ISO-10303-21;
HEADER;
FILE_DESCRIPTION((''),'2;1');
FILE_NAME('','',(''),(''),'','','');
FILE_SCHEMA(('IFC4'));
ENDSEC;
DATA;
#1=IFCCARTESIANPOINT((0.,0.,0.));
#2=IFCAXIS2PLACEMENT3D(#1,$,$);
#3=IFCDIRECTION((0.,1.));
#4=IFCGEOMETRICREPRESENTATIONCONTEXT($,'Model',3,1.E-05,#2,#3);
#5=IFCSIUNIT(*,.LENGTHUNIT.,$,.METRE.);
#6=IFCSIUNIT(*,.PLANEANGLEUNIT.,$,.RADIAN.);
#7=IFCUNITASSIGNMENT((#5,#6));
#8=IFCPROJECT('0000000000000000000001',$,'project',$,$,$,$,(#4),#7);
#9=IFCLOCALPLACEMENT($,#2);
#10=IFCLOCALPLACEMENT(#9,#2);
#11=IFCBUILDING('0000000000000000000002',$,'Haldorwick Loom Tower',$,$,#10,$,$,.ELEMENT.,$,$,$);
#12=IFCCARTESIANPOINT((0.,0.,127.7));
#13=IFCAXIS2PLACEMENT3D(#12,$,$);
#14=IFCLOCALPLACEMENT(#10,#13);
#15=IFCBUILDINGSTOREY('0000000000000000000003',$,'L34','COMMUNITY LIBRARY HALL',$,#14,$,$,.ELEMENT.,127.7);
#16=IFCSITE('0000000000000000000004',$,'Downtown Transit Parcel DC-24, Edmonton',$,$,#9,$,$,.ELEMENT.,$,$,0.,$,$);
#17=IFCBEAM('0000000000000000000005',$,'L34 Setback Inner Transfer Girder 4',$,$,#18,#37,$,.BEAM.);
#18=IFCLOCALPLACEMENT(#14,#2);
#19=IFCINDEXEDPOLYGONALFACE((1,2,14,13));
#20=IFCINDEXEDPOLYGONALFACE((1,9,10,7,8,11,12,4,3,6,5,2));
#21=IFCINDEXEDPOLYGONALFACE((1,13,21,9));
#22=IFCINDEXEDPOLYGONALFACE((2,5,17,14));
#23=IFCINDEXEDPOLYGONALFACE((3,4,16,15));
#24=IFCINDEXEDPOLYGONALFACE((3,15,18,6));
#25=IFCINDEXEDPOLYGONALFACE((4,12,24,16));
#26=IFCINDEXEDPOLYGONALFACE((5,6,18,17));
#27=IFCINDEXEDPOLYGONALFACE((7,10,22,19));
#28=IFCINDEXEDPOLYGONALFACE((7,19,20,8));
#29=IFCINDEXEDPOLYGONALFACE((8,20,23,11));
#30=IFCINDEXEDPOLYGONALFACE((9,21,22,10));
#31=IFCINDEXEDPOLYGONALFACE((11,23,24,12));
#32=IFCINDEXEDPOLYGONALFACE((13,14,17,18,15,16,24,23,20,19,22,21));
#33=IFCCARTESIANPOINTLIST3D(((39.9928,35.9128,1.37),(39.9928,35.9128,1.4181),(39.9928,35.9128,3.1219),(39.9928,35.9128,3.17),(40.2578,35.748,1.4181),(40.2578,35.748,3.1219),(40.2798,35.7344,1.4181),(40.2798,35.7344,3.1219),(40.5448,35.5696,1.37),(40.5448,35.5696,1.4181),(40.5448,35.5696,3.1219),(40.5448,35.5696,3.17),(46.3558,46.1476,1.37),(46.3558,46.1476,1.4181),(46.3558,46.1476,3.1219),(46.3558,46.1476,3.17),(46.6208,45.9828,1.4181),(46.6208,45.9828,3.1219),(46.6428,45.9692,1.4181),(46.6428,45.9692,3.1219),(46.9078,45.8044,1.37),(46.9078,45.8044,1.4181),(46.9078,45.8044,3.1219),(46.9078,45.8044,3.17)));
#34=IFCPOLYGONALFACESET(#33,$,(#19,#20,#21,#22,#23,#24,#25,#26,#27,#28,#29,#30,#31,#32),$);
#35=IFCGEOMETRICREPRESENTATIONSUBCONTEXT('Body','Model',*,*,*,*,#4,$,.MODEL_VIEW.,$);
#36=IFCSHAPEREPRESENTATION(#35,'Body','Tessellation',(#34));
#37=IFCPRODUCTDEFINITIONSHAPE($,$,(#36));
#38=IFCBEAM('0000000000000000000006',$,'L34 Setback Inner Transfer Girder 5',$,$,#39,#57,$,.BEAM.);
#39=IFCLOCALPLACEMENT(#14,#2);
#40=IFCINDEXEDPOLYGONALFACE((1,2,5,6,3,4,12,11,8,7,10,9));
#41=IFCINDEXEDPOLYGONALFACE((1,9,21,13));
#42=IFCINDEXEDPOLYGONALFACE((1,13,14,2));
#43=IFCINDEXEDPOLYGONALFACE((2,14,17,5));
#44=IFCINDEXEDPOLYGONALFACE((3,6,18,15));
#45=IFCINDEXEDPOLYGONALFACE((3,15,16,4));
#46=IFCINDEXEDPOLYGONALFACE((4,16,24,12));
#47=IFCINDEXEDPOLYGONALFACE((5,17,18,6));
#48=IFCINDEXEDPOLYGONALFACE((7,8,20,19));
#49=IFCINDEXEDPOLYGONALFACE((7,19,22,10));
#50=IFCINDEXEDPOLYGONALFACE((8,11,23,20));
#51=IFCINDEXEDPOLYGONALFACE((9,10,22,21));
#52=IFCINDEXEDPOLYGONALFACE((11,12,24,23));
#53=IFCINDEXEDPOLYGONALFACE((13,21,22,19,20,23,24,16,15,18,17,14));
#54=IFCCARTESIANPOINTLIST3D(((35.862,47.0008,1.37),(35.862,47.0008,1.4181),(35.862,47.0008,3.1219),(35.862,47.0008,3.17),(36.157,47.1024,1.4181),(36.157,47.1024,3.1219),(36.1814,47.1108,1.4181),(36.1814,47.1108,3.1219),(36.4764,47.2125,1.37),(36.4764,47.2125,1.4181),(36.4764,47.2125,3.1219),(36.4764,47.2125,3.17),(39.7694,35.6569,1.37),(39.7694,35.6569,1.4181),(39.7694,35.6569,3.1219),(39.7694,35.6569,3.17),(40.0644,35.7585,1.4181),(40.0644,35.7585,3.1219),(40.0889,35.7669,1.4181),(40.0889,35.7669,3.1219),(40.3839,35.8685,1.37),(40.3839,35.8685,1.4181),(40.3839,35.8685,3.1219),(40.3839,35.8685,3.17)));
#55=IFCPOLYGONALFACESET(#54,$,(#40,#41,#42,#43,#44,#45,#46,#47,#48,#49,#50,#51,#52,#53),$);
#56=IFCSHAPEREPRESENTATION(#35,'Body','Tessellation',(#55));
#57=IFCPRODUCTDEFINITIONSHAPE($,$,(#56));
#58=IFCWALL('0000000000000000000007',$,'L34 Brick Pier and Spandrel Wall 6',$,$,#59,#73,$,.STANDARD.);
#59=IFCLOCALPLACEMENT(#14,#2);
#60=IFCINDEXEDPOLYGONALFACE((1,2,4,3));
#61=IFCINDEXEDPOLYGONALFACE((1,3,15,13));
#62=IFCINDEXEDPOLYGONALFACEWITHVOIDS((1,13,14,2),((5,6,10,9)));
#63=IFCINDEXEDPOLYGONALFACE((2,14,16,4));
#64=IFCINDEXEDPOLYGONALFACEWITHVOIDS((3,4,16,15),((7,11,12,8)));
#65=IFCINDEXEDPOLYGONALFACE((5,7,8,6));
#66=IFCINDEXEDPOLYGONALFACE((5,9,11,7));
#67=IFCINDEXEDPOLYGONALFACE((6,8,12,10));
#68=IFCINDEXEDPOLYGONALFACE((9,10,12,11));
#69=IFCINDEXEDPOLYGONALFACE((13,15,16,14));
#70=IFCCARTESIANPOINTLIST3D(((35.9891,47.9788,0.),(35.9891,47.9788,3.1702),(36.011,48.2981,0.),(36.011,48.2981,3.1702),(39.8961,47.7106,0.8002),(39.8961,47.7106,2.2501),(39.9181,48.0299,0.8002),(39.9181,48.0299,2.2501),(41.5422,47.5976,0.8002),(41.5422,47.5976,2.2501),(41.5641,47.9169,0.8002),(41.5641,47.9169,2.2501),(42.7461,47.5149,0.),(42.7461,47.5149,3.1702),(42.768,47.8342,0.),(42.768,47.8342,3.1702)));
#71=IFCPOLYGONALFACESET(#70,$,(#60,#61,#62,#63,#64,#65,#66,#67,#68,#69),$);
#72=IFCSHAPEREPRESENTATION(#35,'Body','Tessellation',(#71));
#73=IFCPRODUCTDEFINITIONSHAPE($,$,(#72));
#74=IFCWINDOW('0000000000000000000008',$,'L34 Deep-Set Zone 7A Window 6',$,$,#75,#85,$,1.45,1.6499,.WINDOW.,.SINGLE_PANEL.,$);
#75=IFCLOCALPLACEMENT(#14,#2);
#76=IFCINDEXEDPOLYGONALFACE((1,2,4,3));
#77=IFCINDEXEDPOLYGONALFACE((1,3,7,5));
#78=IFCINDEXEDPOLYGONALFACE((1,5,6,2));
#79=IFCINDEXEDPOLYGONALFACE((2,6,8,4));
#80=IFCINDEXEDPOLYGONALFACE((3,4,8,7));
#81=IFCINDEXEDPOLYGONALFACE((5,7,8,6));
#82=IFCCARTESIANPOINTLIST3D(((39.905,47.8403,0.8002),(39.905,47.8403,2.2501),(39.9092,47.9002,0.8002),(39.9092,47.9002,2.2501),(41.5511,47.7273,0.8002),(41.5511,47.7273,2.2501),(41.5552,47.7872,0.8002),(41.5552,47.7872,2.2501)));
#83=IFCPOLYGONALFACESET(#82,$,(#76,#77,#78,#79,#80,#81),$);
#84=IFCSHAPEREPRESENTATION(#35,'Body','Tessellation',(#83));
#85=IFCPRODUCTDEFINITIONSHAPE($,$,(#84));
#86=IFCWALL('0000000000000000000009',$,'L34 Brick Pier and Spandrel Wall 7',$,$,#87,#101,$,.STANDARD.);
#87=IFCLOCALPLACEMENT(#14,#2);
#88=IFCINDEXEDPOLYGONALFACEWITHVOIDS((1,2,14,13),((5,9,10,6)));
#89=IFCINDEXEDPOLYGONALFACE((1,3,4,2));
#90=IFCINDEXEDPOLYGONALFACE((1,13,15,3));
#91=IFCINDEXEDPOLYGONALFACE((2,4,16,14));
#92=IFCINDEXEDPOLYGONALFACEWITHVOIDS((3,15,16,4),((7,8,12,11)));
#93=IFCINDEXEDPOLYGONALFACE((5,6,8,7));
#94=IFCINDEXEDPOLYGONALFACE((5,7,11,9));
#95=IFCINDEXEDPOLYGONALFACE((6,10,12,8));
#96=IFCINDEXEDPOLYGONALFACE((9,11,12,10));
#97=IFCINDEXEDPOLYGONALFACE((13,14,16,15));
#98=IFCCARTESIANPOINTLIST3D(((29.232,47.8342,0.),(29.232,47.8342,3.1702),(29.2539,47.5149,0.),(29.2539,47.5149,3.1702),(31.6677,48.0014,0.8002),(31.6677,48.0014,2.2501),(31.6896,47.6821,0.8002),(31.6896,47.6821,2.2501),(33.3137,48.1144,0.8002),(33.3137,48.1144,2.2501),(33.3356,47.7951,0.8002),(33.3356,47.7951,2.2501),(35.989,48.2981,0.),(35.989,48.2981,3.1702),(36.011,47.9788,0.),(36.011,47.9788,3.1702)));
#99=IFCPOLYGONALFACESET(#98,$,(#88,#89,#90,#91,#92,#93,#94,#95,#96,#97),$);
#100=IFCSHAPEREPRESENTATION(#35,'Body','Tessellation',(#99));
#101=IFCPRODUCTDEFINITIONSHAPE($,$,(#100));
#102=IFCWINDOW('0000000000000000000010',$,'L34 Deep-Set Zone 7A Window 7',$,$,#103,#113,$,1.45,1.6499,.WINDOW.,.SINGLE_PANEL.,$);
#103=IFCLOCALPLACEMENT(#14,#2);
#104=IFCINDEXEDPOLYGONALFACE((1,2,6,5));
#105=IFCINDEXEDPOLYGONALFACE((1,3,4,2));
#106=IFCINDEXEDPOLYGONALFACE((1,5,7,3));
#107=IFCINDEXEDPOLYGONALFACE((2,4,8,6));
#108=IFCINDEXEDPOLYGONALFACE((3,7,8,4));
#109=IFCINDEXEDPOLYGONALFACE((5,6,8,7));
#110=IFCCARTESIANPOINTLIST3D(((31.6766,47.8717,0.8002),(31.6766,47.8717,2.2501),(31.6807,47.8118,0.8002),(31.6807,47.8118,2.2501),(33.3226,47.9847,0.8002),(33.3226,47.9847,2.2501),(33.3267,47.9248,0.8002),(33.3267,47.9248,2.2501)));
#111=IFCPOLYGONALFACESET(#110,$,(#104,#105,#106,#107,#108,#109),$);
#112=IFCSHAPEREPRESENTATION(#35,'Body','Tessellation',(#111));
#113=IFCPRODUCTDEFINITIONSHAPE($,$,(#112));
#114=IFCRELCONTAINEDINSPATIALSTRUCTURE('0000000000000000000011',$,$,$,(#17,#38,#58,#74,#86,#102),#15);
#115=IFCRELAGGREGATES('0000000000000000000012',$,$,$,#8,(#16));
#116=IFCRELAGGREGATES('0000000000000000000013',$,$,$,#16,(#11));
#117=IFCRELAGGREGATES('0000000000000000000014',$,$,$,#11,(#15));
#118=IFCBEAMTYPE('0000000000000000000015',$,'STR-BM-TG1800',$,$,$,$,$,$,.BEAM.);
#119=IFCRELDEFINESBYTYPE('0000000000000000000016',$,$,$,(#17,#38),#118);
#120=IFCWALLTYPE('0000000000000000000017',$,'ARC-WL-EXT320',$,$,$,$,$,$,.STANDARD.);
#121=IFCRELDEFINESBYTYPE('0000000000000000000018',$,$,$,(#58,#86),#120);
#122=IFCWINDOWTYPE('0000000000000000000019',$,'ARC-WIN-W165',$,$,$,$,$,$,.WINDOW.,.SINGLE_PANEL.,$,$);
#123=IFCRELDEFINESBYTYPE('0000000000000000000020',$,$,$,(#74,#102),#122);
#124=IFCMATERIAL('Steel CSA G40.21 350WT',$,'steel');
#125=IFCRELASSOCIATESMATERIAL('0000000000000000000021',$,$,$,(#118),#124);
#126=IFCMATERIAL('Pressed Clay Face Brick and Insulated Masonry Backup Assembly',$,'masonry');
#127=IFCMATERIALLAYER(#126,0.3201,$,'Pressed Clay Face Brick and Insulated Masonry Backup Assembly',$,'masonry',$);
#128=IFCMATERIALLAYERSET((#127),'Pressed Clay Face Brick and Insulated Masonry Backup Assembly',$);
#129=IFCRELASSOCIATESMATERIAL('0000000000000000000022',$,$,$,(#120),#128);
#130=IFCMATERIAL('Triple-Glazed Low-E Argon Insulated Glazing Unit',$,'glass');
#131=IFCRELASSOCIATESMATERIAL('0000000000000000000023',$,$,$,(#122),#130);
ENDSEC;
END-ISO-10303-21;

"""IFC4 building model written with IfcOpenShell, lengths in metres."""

from ifc_helpers import new_model, si_unit, direction, frame, frame_2d, origin, origin_2d, place, context, subcontext, project, spatial, rectangle, i_section, extrude, material, layer, layer_set, material_profile, profile_set, type_object, element, fill, save


model = new_model("IFC4")

# Units and contexts
model_context = context("Model", 3, precision=1e-05, world=origin(), true_north=direction((0.0, 1.0)))
body_context = subcontext(model_context, "Body", "Model", "MODEL_VIEW")
ifc_project = project(units=[si_unit("LENGTHUNIT", "METRE"), si_unit("PLANEANGLEUNIT", "RADIAN")], contexts=[model_context])

# Site, building, storey
site_placement = place(None, origin())
site = spatial("IfcSite", under=ifc_project, at=site_placement, Name="Downtown Transit Parcel DC-24, Edmonton", CompositionType="ELEMENT", RefElevation=0.0)
building_placement = place(site_placement, origin())
building = spatial("IfcBuilding", under=site, at=building_placement, Name="Haldorwick Loom Tower", CompositionType="ELEMENT")
storey_placement = place(building_placement, frame((0.0, 0.0, 127.7)))
storey = spatial("IfcBuildingStorey", under=building, at=storey_placement, Name="L34", Description="COMMUNITY LIBRARY HALL", CompositionType="ELEMENT", Elevation=127.7)

# Shared definitions
ifc_material_1 = material(Name="Steel CSA G40.21 350WT", Category="steel")

# Beams
ifc_material_profile_1 = material_profile(ifc_material_1, i_section(OverallWidth=0.6499, OverallDepth=1.8, WebThickness=0.0259, FlangeThickness=0.0481, at=origin_2d()), Name="WWF1800X650", Category="steel")
ifc_profile_set_1 = profile_set([ifc_material_profile_1], Name="Steel CSA G40.21 350WT")
beam_type_1 = type_object("IfcBeamType", Name="STR-BM-TG1800", PredefinedType="BEAM", material=ifc_profile_set_1)
beam_1_placement = place(storey_placement, frame((40.2688, 35.7412, 2.27), z_axis=(0.527983, 0.849255, 0.0), x_axis=(-0.849255, 0.527983, 0.0)))
element("IfcBeam", 1, at=beam_1_placement, inside=storey, type_object=beam_type_1, Name="L34 Setback Inner Transfer Girder 4", PredefinedType="BEAM", context=body_context, shape_type="SweptSolid", body=[
    extrude(i_section(OverallWidth=0.6499, OverallDepth=1.8, WebThickness=0.0259, FlangeThickness=0.0481, at=origin_2d()), origin(), (0.0, 0.0, 1.0), 12.0515),
])
beam_2_placement = place(storey_placement, frame((40.0767, 35.7627, 2.27), z_axis=(-0.325674, 0.945482, 0.0), x_axis=(-0.945482, -0.325674, 0.0)))
element("IfcBeam", 2, at=beam_2_placement, inside=storey, type_object=beam_type_1, Name="L34 Setback Inner Transfer Girder 5", PredefinedType="BEAM", context=body_context, shape_type="SweptSolid", body=[
    extrude(i_section(OverallWidth=0.6499, OverallDepth=1.8, WebThickness=0.0259, FlangeThickness=0.0481, at=origin_2d()), origin(), (0.0, 0.0, 1.0), 11.998),
])

# Walls, openings, windows
ifc_material_2 = material(Name="Pressed Clay Face Brick and Insulated Masonry Backup Assembly", Category="masonry")
ifc_layer = layer(ifc_material_2, 0.3201, Name="Pressed Clay Face Brick and Insulated Masonry Backup Assembly", Category="masonry")
ifc_layer_set = layer_set([ifc_layer], Name="Pressed Clay Face Brick and Insulated Masonry Backup Assembly")
wall_type = type_object("IfcWallType", Name="ARC-WL-EXT320", PredefinedType="STANDARD", material=ifc_layer_set)
wall_1_placement = place(storey_placement, frame((42.7571, 47.6746, 0.0), z_axis=(0.0, 0.0, 1.0), x_axis=(-0.997652, 0.068488, 0.0)))
wall_1 = element("IfcWall", 3, at=wall_1_placement, inside=storey, type_object=wall_type, Name="L34 Brick Pier and Spandrel Wall 6", PredefinedType="STANDARD", context=body_context, shape_type="SweptSolid", body=[
    extrude(rectangle(XDim=6.7729, YDim=0.3201, at=frame_2d((3.3865, 0.0))), origin(), (0.0, 0.0, 1.0), 3.1702),
])
opening_1_placement = place(wall_1_placement, frame((1.2068, 0.0, 0.8)))
opening_1 = element("IfcOpeningElement", 4, at=opening_1_placement, cuts=wall_1, PredefinedType="OPENING", context=body_context, shape_type="SweptSolid", body=[
    extrude(rectangle(XDim=1.6499, YDim=1.45, at=frame_2d((0.825, 0.7251))), frame((0.0, 0.1699, 0.0), z_axis=(0.0, -1.0, 0.0), x_axis=(1.0, 0.0, 0.0)), (0.0, 0.0, 1.0), 0.3401),
])
ifc_material_3 = material(Name="Triple-Glazed Low-E Argon Insulated Glazing Unit", Category="glass")
window_type = type_object("IfcWindowType", Name="ARC-WIN-W165", PartitioningType="SINGLE_PANEL", PredefinedType="WINDOW", material=ifc_material_3)
window_1_placement = place(opening_1_placement, origin())
window_1 = element("IfcWindow", 5, at=window_1_placement, inside=storey, type_object=window_type, Name="L34 Deep-Set Zone 7A Window 6", OverallHeight=1.45, OverallWidth=1.6499, PartitioningType="SINGLE_PANEL", PredefinedType="WINDOW", context=body_context, shape_type="SweptSolid", body=[
    extrude(rectangle(XDim=1.6499, YDim=1.45, at=frame_2d((0.825, 0.7251))), frame((0.0, 0.03, 0.0), z_axis=(0.0, -1.0, 0.0), x_axis=(1.0, 0.0, 0.0)), (0.0, 0.0, 1.0), 0.0601),
])
fill(opening_1, window_1)
wall_2_placement = place(storey_placement, frame((36.0, 48.1384, 0.0), z_axis=(0.0, 0.0, 1.0), x_axis=(-0.997652, -0.068488, 0.0)))
wall_2 = element("IfcWall", 6, at=wall_2_placement, inside=storey, type_object=wall_type, Name="L34 Brick Pier and Spandrel Wall 7", PredefinedType="STANDARD", context=body_context, shape_type="SweptSolid", body=[
    extrude(rectangle(XDim=6.7729, YDim=0.3201, at=frame_2d((3.3865, 0.0))), origin(), (0.0, 0.0, 1.0), 3.1702),
])
opening_2_placement = place(wall_2_placement, frame((2.6816, 0.0, 0.8)))
opening_2 = element("IfcOpeningElement", 7, at=opening_2_placement, cuts=wall_2, PredefinedType="OPENING", context=body_context, shape_type="SweptSolid", body=[
    extrude(rectangle(XDim=1.6499, YDim=1.45, at=frame_2d((0.825, 0.7251))), frame((0.0, 0.1699, 0.0), z_axis=(0.0, -1.0, 0.0), x_axis=(1.0, 0.0, 0.0)), (0.0, 0.0, 1.0), 0.3401),
])
window_2_placement = place(opening_2_placement, origin())
window_2 = element("IfcWindow", 8, at=window_2_placement, inside=storey, type_object=window_type, Name="L34 Deep-Set Zone 7A Window 7", OverallHeight=1.45, OverallWidth=1.6499, PartitioningType="SINGLE_PANEL", PredefinedType="WINDOW", context=body_context, shape_type="SweptSolid", body=[
    extrude(rectangle(XDim=1.6499, YDim=1.45, at=frame_2d((0.825, 0.7251))), frame((0.0, 0.03, 0.0), z_axis=(0.0, -1.0, 0.0), x_axis=(1.0, 0.0, 0.0)), (0.0, 0.0, 1.0), 0.0601),
])
fill(opening_2, window_2)

save(model, "model.ifc")
